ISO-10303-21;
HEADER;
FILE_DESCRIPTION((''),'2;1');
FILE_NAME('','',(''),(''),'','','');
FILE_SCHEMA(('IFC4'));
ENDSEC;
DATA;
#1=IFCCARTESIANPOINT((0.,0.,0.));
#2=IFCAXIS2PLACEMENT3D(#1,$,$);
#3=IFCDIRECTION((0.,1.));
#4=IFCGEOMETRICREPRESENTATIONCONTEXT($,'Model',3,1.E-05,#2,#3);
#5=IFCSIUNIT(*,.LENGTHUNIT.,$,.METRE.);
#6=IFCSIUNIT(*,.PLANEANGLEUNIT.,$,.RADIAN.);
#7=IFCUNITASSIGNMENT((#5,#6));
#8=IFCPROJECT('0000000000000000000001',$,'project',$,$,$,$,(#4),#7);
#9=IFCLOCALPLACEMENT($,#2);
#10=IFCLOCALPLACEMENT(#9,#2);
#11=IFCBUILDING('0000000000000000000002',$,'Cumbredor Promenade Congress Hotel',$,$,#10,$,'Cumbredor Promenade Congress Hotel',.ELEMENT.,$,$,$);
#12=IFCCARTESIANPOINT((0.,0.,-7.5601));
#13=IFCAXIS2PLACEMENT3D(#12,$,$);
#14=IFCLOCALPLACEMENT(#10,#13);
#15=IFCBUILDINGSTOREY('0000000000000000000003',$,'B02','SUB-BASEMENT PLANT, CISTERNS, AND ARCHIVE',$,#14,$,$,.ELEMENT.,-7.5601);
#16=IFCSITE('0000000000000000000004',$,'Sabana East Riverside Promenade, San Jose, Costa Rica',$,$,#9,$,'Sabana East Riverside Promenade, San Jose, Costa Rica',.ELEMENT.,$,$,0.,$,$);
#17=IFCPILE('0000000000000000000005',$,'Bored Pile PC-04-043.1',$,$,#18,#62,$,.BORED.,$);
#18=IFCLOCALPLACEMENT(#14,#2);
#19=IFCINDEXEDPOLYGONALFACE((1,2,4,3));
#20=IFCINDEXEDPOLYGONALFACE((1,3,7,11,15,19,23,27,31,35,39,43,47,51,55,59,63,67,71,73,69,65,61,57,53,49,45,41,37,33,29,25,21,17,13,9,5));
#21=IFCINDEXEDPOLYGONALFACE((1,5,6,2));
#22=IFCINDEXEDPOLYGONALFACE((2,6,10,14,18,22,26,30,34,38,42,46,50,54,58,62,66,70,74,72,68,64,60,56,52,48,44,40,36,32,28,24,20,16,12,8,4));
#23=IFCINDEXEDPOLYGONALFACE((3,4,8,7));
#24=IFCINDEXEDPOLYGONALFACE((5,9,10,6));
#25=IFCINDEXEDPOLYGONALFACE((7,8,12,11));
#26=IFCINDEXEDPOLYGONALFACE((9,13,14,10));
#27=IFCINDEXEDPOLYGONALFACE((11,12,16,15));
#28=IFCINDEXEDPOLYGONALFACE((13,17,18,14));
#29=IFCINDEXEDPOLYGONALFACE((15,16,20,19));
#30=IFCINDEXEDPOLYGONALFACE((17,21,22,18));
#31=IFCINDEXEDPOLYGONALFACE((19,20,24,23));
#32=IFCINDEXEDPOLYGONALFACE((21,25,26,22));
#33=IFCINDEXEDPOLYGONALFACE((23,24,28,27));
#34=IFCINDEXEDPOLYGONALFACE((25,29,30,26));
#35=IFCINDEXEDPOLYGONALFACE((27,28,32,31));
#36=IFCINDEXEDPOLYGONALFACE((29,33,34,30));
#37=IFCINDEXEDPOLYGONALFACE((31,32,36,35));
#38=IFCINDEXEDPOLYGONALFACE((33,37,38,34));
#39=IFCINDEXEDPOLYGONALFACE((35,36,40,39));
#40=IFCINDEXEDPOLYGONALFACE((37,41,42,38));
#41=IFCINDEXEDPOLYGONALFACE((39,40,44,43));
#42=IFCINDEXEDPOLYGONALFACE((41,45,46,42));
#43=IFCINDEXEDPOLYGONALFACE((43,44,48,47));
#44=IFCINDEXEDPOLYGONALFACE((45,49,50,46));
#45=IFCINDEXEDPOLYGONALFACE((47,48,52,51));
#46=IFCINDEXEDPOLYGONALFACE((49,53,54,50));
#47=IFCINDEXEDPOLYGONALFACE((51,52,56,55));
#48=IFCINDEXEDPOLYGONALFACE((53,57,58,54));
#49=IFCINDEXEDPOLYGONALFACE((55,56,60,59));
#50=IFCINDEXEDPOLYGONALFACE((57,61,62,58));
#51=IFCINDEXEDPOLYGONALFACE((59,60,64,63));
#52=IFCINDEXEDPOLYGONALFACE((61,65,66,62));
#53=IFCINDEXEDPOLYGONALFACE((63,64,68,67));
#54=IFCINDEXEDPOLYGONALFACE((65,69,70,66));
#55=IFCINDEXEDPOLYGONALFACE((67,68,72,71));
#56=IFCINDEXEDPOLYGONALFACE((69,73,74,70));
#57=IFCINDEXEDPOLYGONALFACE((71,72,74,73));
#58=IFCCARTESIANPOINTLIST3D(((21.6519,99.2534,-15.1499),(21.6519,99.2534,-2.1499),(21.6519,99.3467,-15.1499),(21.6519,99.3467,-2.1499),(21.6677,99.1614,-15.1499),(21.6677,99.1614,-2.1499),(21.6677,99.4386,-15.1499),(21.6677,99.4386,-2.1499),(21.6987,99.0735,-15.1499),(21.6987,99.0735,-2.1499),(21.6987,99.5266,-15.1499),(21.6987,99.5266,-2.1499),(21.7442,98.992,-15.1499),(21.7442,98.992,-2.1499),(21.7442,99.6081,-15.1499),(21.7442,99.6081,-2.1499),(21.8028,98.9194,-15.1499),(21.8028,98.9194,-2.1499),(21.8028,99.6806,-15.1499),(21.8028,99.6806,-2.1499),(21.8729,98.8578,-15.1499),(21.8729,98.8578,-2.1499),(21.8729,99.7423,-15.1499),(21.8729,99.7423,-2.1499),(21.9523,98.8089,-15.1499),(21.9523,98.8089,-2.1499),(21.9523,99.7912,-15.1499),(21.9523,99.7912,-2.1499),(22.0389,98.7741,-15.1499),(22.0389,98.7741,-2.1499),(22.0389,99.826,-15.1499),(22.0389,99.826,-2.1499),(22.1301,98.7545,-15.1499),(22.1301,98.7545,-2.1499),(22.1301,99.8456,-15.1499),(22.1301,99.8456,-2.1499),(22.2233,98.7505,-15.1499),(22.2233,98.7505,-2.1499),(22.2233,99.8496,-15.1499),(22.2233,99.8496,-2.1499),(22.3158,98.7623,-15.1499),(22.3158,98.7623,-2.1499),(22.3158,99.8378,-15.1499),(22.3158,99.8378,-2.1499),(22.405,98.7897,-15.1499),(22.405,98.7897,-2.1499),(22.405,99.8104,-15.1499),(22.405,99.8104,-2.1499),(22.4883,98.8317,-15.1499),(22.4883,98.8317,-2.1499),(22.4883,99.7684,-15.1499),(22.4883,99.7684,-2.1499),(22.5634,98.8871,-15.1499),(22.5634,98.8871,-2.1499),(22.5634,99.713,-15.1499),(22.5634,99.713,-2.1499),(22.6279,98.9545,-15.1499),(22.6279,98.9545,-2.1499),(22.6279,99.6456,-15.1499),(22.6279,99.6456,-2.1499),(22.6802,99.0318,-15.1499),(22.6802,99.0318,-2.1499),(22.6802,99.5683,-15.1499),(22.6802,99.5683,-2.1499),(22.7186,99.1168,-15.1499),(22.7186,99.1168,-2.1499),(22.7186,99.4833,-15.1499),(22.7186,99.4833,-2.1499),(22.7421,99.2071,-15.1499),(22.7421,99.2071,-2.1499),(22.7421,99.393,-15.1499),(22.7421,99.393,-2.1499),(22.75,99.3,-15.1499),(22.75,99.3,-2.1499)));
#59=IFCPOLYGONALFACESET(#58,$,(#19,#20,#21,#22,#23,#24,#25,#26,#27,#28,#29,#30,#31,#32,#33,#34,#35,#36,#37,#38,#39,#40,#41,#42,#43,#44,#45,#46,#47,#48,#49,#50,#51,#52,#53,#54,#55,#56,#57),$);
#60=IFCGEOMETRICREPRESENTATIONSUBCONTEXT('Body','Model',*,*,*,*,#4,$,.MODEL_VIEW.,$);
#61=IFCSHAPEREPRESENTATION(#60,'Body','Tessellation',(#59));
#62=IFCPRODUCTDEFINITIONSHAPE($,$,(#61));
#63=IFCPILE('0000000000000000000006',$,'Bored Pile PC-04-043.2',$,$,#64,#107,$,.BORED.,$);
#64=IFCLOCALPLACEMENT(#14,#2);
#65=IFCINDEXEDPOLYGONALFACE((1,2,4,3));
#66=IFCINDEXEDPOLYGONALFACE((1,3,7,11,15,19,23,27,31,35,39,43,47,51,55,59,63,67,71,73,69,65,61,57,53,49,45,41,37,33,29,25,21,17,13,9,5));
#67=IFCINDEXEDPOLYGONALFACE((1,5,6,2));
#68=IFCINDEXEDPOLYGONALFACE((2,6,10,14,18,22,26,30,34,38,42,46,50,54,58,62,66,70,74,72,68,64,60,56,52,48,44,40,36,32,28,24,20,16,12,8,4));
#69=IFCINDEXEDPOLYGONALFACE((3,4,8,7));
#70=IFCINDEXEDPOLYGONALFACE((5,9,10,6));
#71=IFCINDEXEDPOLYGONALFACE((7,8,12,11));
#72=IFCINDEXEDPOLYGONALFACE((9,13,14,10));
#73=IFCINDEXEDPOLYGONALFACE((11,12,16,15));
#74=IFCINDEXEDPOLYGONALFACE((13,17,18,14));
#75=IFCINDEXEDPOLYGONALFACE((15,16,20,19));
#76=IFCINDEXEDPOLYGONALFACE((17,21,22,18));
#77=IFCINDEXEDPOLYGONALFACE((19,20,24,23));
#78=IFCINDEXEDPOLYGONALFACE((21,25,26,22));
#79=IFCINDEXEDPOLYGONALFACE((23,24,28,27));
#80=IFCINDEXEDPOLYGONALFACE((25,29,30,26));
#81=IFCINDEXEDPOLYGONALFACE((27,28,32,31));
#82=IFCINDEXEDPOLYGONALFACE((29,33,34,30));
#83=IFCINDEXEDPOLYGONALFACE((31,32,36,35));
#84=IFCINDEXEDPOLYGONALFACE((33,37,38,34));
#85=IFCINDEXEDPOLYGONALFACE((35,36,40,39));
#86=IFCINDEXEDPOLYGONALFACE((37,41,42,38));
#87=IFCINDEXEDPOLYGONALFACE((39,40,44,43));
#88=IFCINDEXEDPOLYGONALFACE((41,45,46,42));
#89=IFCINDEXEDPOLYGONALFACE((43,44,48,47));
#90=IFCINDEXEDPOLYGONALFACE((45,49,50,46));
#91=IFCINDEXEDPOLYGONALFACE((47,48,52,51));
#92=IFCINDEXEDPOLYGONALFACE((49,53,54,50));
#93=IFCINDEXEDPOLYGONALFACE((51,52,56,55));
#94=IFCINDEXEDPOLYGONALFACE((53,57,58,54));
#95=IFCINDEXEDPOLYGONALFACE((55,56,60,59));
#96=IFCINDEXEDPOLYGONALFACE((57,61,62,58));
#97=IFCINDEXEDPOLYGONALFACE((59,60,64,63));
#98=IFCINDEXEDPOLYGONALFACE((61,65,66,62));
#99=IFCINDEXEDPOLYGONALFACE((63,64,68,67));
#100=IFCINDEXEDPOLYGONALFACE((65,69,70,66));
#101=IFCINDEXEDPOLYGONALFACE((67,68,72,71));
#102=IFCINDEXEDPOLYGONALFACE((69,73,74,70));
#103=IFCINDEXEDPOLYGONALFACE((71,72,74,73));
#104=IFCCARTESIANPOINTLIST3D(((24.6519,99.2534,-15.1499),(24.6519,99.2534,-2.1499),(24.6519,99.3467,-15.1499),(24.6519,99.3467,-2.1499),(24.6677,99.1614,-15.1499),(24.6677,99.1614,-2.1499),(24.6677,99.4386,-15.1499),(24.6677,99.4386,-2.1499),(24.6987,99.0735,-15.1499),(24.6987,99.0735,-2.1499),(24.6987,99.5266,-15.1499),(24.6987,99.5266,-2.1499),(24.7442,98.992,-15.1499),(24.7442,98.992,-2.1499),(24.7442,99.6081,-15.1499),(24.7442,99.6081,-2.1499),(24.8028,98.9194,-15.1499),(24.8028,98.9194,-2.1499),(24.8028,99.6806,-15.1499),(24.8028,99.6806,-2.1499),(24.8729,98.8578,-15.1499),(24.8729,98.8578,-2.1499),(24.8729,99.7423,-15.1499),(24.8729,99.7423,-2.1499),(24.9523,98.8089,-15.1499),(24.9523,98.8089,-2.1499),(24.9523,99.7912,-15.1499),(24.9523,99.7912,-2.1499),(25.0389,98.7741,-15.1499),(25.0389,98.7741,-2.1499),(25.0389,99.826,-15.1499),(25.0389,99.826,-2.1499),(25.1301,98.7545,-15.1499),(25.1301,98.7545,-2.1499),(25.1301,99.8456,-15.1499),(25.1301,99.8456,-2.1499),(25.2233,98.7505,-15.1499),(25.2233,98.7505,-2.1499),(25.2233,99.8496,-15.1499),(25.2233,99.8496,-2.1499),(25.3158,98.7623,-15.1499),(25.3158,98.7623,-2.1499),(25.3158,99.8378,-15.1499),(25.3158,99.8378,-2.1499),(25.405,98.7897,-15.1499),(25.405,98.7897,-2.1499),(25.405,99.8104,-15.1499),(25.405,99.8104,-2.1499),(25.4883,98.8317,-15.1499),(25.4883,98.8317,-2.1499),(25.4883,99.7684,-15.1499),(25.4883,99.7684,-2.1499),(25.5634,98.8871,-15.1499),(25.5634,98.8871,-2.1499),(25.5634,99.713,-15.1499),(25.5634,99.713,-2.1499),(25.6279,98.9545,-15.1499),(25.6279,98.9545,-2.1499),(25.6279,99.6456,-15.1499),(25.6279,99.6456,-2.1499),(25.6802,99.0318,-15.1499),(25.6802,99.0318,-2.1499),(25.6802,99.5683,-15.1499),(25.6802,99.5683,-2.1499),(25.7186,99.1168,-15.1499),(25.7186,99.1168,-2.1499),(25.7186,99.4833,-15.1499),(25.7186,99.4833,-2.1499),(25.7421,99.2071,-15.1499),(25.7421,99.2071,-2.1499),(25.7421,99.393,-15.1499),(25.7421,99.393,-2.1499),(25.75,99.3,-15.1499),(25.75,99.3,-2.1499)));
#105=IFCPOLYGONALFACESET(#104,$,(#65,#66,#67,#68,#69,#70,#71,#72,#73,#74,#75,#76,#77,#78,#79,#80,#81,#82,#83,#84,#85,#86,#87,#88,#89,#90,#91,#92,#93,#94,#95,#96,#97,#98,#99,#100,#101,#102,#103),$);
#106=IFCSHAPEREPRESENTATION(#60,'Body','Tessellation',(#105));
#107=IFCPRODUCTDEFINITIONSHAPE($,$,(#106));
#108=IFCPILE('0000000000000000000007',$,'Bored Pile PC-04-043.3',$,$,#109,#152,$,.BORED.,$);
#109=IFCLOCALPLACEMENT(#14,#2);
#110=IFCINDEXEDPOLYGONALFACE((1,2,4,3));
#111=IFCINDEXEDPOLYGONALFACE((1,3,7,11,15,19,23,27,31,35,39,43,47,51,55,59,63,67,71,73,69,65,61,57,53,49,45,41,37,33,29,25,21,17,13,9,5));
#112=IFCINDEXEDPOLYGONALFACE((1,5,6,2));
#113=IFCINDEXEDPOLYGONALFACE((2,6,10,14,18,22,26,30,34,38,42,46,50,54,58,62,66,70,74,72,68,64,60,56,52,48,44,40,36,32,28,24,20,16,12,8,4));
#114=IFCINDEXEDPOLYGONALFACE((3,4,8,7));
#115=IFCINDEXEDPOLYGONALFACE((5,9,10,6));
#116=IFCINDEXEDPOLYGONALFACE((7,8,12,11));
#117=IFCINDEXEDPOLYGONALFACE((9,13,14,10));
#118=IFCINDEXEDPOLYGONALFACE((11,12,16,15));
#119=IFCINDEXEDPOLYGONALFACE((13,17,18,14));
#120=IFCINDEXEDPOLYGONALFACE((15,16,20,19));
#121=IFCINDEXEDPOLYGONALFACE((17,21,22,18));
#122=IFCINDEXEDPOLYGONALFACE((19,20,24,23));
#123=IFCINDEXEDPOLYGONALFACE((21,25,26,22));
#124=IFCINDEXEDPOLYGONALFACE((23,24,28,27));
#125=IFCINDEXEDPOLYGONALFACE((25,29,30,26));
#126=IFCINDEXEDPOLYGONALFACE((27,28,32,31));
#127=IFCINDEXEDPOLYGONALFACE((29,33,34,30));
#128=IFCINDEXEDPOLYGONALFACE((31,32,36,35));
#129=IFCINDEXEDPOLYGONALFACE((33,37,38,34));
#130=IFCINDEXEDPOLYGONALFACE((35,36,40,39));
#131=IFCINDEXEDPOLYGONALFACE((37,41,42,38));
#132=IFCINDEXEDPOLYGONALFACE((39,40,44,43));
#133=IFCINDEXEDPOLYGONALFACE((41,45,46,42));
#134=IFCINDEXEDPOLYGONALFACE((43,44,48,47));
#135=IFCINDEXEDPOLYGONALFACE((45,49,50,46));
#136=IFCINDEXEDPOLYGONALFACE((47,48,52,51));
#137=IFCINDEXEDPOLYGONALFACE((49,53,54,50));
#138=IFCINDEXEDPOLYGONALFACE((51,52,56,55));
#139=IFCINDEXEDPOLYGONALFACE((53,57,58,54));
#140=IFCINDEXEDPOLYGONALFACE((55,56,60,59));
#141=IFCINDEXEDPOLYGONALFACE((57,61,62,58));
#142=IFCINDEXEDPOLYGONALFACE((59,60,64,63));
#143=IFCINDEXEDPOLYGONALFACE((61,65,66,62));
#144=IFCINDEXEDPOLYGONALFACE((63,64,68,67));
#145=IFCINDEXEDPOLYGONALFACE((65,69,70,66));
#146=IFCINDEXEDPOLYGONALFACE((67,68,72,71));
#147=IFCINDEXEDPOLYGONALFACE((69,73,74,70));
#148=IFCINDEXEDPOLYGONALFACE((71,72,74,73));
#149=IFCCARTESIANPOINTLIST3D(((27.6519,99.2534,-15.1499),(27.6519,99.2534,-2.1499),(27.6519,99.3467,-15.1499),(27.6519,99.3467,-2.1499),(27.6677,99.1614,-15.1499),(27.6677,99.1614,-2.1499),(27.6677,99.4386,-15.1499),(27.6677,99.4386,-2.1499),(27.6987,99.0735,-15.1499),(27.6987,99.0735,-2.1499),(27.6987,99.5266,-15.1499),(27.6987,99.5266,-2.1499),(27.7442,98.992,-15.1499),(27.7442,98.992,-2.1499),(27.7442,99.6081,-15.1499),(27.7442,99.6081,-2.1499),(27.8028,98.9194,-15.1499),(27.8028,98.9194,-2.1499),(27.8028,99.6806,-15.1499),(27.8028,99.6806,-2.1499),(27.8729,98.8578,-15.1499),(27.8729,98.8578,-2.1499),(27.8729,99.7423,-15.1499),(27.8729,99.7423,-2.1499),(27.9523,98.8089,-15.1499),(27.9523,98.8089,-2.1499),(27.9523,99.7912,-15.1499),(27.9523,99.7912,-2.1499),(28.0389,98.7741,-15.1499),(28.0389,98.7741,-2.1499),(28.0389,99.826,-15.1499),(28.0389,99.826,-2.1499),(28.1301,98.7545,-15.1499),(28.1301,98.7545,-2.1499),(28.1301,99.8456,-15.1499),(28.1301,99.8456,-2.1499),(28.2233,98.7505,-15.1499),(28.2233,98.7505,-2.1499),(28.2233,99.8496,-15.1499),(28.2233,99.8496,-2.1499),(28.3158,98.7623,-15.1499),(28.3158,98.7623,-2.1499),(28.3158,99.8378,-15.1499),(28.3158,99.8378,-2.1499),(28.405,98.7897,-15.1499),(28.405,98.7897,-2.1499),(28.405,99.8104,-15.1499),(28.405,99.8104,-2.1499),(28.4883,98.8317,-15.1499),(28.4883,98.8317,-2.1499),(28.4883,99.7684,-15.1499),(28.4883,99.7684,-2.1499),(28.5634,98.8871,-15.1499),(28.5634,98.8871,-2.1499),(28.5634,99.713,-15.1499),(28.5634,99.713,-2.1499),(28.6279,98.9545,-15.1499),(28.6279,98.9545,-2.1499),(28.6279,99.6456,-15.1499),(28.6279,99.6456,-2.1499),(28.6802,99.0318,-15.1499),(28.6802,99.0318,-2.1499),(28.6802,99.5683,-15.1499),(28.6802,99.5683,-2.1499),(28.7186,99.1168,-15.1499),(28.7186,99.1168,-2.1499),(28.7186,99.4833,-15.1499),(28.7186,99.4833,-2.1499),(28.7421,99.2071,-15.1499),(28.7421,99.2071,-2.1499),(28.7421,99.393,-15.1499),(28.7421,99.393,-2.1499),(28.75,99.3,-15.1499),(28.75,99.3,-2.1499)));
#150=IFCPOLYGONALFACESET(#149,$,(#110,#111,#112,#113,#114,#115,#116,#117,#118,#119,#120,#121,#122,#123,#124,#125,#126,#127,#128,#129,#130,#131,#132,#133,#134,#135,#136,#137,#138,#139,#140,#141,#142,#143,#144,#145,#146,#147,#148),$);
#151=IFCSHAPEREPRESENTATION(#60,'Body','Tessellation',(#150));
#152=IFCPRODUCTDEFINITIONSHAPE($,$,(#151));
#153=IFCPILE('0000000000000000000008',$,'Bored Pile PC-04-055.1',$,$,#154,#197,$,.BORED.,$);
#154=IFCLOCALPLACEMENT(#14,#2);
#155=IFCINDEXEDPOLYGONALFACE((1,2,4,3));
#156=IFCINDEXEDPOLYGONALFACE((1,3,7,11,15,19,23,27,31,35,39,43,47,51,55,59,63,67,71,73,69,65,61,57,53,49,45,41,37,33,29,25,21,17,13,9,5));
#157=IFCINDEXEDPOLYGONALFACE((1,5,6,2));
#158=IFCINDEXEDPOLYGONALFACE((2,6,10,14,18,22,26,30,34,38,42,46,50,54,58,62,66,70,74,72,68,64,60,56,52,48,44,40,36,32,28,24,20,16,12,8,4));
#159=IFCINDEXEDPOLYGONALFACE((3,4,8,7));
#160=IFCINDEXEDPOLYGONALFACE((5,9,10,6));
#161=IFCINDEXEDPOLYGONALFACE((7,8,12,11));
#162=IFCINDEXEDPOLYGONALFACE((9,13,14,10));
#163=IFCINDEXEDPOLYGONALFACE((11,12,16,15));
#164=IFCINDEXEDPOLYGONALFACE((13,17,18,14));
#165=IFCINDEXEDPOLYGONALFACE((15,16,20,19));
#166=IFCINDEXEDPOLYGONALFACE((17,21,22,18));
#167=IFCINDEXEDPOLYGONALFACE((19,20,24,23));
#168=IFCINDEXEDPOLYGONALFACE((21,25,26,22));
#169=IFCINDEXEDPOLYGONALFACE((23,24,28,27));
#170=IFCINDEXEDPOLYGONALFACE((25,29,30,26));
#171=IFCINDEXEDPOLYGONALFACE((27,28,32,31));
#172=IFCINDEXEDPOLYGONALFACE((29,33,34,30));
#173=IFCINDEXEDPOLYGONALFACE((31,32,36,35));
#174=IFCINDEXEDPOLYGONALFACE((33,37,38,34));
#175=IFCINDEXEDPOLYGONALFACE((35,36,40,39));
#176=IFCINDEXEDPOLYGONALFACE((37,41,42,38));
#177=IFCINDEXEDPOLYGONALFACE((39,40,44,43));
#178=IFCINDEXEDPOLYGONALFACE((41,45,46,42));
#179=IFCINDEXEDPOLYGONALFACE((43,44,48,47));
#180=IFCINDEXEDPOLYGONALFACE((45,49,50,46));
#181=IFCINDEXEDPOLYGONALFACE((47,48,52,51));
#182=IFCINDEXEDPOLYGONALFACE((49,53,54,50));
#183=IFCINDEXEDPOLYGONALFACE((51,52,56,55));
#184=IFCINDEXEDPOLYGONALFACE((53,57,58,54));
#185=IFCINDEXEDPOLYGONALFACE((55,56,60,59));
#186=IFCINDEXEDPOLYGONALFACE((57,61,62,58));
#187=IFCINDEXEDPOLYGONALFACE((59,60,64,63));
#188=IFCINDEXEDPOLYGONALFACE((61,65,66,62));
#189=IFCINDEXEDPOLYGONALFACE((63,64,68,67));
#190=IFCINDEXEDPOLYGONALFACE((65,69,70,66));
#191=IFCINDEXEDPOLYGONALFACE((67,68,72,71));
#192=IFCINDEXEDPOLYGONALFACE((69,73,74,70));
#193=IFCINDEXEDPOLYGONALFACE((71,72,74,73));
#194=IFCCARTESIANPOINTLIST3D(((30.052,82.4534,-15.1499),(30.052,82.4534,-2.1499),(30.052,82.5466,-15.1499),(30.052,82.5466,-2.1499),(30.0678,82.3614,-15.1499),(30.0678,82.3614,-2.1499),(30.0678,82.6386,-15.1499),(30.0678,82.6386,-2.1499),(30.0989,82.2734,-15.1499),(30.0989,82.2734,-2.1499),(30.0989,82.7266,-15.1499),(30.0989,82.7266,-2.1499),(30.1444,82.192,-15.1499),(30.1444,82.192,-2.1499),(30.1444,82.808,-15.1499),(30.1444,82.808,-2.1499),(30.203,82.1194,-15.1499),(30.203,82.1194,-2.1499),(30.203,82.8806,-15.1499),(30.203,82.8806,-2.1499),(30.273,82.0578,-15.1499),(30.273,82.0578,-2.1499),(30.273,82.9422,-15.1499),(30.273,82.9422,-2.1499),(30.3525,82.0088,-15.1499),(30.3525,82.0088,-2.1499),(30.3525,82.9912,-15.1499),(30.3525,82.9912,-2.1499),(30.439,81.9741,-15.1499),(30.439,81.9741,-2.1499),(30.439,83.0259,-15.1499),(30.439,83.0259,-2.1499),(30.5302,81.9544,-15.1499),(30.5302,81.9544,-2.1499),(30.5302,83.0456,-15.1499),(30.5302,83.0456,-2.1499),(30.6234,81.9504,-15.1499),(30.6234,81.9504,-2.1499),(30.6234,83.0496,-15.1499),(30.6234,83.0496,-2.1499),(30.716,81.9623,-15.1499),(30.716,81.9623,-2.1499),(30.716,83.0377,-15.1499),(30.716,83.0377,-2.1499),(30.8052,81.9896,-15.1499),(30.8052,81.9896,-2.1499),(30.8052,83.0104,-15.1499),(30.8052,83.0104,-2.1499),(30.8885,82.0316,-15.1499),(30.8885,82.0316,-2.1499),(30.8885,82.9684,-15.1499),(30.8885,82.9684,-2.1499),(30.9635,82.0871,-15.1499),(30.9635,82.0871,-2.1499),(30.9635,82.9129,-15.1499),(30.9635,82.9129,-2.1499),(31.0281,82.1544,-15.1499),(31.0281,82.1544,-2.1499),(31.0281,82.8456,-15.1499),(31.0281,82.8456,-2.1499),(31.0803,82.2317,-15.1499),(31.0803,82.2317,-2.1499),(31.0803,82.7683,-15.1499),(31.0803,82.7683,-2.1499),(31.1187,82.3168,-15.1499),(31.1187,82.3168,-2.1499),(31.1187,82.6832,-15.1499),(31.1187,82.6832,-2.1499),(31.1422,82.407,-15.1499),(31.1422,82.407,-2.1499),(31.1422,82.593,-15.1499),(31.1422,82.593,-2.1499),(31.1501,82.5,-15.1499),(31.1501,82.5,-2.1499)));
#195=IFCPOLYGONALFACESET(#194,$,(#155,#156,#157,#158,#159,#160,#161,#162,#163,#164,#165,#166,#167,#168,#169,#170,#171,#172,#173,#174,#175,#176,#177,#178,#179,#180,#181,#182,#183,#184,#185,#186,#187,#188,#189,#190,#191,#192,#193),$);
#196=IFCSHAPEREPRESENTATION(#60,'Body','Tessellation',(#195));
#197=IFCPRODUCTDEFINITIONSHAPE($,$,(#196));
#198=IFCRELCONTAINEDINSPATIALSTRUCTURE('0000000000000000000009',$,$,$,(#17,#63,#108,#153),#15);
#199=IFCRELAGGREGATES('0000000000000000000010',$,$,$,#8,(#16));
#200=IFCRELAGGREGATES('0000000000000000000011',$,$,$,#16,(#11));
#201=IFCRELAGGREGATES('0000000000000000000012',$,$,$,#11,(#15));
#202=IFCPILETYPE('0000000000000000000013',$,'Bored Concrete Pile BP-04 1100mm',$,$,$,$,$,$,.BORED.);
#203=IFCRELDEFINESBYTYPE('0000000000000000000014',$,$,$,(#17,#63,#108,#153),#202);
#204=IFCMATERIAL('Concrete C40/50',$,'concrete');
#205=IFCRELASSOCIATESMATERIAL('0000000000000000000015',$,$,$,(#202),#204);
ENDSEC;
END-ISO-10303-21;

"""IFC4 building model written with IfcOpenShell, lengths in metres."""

from ifc_helpers import new_model, si_unit, direction, frame, origin, origin_2d, place, context, subcontext, project, spatial, circle, extrude, material, material_profile, profile_set, type_object, element, save


model = new_model("IFC4")

# Units and contexts
model_context = context("Model", 3, precision=1e-05, world=origin(), true_north=direction((0.0, 1.0)))
body_context = subcontext(model_context, "Body", "Model", "MODEL_VIEW")
ifc_project = project(units=[si_unit("LENGTHUNIT", "METRE"), si_unit("PLANEANGLEUNIT", "RADIAN")], contexts=[model_context])

# Site, building, storey
site_placement = place(None, origin())
site = spatial("IfcSite", under=ifc_project, at=site_placement, Name="Sabana East Riverside Promenade, San Jose, Costa Rica", LongName="Sabana East Riverside Promenade, San Jose, Costa Rica", CompositionType="ELEMENT", RefElevation=0.0)
building_placement = place(site_placement, origin())
building = spatial("IfcBuilding", under=site, at=building_placement, Name="Cumbredor Promenade Congress Hotel", LongName="Cumbredor Promenade Congress Hotel", CompositionType="ELEMENT")
storey_placement = place(building_placement, frame((0.0, 0.0, -7.5601)))
storey = spatial("IfcBuildingStorey", under=building, at=storey_placement, Name="B02", Description="SUB-BASEMENT PLANT, CISTERNS, AND ARCHIVE", CompositionType="ELEMENT", Elevation=-7.5601)

# Piles
ifc_material_1 = material(Name="Concrete C40/50", Category="concrete")
ifc_material_profile_1 = material_profile(ifc_material_1, circle(Radius=0.55, at=origin_2d()), Name="PILE D1100")
ifc_profile_set_1 = profile_set([ifc_material_profile_1], Name="Concrete C40/50")
pile_type_1 = type_object("IfcPileType", Name="Bored Concrete Pile BP-04 1100mm", PredefinedType="BORED", material=ifc_profile_set_1)
for number, where, z_axis, x_axis, name in (
    (1, (22.2, 99.3, -2.1499), (0.0, 0.0, -1.0), (1.0, 0.0, 0.0), "Bored Pile PC-04-043.1"),
    (2, (25.2, 99.3, -2.1499), (0.0, 0.0, -1.0), (1.0, 0.0, 0.0), "Bored Pile PC-04-043.2"),
    (3, (28.2, 99.3, -2.1499), (0.0, 0.0, -1.0), (1.0, 0.0, 0.0), "Bored Pile PC-04-043.3"),
    (4, (30.6001, 82.5, -2.1499), (0.0, 0.0, -1.0), (1.0, 0.0, 0.0), "Bored Pile PC-04-055.1"),
):
    element("IfcPile", number, at=place(storey_placement, frame(where, z_axis=z_axis, x_axis=x_axis)), inside=storey, type_object=pile_type_1, Name=name, PredefinedType="BORED", context=body_context, shape_type="SweptSolid", body=[
        extrude(circle(Radius=0.55, at=origin_2d()), origin(), (0.0, 0.0, 1.0), 13.0),
    ])

save(model, "model.ifc")
